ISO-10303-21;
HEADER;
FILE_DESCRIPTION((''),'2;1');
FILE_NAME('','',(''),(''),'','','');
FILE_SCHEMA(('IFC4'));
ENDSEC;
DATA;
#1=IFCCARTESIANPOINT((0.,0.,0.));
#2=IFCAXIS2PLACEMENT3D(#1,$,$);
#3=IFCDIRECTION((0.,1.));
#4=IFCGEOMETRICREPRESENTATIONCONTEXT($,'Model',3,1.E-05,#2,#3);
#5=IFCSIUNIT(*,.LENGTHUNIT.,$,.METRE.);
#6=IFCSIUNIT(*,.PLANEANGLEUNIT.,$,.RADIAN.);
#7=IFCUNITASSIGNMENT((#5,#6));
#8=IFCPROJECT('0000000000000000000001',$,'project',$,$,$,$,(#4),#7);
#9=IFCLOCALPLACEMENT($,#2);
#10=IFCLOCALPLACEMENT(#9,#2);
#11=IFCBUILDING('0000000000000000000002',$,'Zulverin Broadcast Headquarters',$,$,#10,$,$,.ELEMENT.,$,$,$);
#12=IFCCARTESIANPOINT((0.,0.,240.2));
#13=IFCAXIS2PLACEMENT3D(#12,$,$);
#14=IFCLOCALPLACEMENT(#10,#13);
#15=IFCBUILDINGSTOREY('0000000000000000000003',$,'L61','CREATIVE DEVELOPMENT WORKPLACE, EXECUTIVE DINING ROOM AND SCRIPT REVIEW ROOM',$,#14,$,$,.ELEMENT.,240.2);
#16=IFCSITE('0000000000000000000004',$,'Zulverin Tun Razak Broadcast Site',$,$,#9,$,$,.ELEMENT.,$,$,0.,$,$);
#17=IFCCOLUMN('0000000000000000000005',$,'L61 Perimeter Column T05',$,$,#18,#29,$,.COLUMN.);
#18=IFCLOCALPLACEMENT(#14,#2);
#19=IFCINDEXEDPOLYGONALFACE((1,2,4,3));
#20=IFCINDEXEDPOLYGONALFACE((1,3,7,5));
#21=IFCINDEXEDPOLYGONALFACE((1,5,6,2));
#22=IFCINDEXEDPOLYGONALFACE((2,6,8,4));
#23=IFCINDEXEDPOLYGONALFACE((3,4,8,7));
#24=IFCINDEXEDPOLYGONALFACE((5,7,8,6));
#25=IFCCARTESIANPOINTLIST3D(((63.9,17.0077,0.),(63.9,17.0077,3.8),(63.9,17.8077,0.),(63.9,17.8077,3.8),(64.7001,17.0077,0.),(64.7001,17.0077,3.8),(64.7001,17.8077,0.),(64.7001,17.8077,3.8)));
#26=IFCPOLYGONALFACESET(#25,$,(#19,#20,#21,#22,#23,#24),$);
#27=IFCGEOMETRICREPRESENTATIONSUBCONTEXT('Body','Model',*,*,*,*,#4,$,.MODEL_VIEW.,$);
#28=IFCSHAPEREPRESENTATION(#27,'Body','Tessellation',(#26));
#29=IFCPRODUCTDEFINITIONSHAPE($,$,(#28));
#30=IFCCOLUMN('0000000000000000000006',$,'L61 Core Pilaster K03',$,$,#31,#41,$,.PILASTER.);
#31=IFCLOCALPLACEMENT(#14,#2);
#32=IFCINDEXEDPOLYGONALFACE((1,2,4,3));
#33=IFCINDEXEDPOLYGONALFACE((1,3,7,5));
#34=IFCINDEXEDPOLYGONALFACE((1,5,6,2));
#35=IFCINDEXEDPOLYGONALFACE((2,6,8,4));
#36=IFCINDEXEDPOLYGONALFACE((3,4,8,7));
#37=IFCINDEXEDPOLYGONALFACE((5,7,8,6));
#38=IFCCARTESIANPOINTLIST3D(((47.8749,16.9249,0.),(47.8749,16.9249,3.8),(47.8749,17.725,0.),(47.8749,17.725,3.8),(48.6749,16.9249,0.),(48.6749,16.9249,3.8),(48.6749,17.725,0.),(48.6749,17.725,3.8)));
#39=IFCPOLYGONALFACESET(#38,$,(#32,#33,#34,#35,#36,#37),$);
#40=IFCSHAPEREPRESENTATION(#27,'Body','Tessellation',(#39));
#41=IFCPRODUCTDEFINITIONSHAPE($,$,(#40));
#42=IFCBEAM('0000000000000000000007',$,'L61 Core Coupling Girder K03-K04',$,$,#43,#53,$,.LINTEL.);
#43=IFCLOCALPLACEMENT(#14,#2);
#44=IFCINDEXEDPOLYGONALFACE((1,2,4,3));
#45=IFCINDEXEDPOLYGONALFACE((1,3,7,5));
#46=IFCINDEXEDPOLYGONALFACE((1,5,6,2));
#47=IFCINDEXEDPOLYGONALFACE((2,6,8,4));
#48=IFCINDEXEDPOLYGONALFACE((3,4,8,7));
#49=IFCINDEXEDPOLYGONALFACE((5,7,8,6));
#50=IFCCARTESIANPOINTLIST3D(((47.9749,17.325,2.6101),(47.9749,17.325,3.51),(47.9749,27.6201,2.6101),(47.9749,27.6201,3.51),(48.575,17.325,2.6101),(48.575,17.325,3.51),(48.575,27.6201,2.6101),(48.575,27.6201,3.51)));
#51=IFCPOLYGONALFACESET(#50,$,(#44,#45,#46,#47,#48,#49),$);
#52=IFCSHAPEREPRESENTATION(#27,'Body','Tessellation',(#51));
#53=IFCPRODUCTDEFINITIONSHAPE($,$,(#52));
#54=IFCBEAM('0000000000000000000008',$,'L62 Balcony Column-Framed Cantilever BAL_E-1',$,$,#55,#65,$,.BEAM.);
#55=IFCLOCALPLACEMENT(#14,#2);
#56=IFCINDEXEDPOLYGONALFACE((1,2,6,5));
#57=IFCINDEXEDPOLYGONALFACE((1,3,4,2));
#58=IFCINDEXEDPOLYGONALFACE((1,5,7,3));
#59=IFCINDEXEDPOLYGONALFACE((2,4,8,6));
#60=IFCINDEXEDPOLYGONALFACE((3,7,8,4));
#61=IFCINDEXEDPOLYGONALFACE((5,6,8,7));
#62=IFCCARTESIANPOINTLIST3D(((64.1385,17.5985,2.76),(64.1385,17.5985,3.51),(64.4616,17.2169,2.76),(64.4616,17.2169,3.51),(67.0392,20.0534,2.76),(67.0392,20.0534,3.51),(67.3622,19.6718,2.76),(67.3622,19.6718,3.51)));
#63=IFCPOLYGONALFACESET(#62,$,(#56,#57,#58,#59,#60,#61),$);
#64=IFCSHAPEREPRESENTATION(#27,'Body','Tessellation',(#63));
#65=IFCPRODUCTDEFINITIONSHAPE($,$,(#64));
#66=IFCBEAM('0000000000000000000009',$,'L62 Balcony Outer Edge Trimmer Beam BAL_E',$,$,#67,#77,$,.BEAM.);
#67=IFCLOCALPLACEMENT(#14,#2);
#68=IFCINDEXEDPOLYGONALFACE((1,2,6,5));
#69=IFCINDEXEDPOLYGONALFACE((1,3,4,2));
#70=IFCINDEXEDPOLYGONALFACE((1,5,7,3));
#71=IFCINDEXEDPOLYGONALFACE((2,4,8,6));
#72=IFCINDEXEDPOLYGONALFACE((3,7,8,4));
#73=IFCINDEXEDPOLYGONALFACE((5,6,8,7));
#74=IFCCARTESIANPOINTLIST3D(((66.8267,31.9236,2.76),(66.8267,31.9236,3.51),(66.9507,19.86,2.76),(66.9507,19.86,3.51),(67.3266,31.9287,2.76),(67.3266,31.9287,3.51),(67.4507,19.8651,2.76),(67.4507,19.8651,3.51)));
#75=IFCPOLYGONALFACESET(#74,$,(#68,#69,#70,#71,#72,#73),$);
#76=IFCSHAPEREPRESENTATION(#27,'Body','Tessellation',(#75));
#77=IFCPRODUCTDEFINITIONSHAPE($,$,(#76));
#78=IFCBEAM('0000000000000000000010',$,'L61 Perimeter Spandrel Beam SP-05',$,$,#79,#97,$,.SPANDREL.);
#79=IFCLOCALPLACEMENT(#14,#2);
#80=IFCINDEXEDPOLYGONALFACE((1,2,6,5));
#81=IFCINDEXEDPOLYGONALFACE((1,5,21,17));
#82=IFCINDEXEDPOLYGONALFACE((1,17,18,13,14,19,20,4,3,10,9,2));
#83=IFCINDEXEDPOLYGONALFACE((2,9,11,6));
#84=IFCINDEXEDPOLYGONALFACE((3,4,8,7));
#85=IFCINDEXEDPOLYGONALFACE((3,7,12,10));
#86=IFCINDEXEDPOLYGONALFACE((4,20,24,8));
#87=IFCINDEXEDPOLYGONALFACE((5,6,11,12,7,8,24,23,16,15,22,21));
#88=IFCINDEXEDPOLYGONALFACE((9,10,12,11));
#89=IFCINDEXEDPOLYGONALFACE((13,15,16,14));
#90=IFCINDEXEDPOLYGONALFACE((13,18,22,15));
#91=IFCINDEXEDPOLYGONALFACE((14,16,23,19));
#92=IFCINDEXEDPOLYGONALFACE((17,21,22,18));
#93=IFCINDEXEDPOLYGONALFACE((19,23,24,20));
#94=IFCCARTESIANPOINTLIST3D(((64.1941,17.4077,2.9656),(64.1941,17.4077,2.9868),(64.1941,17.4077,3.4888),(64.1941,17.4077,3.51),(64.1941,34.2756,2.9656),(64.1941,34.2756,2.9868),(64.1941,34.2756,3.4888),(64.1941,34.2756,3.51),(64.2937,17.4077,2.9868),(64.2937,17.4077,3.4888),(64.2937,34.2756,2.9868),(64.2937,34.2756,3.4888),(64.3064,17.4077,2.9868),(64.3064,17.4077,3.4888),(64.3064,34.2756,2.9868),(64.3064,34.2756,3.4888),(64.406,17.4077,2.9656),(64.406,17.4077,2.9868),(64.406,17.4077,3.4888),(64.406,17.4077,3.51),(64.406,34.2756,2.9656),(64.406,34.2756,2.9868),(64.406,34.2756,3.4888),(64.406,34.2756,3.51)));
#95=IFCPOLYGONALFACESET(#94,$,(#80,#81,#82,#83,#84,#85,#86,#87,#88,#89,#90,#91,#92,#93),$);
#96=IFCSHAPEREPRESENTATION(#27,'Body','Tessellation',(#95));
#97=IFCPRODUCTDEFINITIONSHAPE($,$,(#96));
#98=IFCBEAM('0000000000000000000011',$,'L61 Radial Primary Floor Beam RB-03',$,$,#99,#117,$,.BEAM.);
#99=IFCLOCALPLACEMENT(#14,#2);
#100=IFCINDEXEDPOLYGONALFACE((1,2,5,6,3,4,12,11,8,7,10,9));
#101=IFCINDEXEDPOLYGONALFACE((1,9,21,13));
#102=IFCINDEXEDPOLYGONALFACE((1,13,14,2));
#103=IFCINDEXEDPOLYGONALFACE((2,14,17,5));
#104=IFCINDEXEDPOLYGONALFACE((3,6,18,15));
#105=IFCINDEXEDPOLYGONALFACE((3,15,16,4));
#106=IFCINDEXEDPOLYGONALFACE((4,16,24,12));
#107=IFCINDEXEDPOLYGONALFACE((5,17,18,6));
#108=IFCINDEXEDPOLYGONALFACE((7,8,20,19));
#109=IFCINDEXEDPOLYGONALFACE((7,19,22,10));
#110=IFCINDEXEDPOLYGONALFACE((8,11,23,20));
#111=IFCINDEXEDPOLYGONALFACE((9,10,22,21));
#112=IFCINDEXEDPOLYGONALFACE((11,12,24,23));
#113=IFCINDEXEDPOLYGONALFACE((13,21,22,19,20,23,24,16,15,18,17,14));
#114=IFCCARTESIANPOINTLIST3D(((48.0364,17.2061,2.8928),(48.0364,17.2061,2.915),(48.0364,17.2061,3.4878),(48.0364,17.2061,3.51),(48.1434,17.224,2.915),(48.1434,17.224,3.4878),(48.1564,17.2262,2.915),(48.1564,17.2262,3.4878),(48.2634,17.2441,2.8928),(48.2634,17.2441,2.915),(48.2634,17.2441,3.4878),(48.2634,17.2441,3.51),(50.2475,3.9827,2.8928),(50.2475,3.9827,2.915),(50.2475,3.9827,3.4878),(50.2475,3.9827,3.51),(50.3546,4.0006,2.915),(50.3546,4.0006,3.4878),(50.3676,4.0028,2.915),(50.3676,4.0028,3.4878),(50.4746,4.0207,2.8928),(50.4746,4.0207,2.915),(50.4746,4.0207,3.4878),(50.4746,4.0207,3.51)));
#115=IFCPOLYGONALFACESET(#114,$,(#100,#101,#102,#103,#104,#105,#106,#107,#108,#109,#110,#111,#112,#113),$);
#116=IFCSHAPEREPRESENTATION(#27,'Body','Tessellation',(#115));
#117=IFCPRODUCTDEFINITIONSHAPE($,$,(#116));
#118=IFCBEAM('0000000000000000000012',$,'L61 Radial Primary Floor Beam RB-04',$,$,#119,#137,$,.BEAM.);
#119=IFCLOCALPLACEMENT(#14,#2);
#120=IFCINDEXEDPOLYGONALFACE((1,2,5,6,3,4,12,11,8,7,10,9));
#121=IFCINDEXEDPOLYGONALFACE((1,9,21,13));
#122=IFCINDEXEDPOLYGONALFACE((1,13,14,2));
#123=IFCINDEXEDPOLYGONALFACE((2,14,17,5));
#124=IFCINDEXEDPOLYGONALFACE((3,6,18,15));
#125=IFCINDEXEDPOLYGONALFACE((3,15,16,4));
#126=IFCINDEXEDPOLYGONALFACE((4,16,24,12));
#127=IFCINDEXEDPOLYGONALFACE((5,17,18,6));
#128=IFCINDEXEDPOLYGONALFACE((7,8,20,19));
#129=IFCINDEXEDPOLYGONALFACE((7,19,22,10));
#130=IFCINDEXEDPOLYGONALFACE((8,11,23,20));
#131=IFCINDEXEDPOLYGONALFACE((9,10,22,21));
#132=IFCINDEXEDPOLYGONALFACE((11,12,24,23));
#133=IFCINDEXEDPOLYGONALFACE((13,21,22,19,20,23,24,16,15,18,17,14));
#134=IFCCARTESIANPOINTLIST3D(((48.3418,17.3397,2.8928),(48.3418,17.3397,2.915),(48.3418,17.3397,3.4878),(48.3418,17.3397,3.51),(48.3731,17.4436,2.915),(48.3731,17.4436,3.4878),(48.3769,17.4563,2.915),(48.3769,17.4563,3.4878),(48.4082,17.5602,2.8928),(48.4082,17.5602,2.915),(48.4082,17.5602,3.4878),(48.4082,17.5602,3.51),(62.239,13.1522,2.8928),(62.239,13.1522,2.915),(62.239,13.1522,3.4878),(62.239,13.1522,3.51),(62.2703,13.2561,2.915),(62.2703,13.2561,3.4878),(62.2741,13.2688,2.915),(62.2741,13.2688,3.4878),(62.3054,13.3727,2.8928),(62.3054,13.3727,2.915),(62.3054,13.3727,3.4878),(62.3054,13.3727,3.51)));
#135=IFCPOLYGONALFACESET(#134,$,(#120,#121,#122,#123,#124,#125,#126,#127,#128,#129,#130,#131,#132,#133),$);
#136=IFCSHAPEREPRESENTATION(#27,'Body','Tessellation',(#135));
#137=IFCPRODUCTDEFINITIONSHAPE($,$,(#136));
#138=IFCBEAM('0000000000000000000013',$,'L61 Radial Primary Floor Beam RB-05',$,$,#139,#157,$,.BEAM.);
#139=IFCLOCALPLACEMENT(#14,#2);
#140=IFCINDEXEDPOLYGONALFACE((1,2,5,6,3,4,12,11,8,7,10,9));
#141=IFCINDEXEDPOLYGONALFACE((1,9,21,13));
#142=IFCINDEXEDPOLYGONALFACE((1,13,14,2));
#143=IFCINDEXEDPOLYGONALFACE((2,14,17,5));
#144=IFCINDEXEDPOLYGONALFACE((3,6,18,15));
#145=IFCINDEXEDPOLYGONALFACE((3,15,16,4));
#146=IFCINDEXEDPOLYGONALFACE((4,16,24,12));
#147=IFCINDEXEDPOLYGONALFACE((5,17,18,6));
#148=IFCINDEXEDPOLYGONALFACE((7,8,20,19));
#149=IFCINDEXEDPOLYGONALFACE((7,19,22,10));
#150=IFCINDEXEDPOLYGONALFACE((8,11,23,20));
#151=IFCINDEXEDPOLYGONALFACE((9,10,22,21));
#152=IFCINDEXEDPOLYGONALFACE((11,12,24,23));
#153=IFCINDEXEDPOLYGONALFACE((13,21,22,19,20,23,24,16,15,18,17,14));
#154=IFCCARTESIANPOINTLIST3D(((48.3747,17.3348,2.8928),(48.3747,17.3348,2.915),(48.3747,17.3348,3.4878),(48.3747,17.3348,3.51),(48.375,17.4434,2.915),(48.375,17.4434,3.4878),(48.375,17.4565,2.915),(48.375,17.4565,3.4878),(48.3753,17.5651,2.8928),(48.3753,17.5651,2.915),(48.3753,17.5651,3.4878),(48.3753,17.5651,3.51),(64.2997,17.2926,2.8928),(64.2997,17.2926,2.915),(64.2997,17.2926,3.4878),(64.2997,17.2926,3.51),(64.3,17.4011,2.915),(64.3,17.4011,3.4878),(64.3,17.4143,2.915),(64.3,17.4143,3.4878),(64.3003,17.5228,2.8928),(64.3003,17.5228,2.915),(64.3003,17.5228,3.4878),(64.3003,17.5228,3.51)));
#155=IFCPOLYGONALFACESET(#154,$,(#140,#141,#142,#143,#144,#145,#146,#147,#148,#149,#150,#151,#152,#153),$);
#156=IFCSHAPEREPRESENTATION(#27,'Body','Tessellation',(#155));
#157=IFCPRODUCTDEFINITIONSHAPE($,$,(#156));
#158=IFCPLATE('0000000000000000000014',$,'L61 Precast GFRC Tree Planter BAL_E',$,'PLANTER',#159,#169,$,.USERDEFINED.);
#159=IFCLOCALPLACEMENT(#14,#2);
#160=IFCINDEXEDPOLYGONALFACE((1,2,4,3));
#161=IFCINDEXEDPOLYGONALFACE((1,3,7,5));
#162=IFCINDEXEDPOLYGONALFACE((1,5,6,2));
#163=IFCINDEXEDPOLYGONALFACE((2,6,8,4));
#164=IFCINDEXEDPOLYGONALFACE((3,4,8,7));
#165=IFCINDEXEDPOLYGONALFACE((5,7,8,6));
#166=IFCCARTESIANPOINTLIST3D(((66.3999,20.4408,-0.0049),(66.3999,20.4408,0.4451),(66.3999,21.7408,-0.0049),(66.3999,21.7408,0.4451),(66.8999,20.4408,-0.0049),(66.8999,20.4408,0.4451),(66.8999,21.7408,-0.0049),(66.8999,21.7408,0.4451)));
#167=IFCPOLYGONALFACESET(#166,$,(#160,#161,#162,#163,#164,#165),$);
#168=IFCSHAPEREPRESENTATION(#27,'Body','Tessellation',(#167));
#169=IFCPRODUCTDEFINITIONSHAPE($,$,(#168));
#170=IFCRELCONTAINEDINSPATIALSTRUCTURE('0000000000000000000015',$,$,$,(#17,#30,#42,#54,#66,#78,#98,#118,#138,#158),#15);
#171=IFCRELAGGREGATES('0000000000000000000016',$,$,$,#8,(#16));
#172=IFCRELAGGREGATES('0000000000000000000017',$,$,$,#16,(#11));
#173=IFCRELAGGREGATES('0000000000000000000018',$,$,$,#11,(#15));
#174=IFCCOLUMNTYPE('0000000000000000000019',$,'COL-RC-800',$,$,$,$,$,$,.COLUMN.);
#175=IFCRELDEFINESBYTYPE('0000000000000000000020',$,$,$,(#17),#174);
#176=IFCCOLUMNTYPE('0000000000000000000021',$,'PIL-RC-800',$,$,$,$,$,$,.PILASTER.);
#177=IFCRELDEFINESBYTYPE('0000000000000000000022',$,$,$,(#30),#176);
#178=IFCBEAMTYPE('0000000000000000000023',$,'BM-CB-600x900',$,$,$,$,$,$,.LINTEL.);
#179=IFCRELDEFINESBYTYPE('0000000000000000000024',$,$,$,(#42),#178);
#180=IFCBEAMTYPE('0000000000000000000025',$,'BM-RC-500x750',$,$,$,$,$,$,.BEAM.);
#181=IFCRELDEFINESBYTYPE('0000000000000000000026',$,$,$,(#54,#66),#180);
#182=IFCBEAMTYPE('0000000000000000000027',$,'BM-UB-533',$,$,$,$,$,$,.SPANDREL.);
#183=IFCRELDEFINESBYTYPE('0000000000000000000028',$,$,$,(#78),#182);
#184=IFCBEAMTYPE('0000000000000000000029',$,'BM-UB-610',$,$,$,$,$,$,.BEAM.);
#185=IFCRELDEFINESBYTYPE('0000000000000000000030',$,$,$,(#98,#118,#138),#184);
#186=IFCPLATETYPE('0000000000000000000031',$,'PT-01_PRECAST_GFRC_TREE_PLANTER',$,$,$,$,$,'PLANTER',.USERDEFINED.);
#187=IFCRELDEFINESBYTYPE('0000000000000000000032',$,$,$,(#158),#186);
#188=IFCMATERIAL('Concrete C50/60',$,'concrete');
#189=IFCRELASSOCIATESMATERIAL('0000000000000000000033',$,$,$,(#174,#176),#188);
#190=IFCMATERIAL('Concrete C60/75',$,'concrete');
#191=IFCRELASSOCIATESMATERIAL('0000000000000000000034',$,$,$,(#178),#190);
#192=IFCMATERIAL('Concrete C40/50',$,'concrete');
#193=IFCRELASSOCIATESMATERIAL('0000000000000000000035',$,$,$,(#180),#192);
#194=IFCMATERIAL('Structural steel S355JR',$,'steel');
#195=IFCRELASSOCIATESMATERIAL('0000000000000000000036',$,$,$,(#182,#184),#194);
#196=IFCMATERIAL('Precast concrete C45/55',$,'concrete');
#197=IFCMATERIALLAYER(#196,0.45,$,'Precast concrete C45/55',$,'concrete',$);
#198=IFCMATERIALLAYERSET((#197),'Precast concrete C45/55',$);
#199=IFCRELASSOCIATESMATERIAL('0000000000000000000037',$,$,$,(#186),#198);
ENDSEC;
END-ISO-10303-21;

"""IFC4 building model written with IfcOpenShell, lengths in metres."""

from ifc_helpers import new_model, si_unit, direction, frame, origin, origin_2d, place, context, subcontext, project, spatial, rectangle, i_section, extrude, material, layer, layer_set, material_profile, profile_set, type_object, element, save


model = new_model("IFC4")

# Units and contexts
model_context = context("Model", 3, precision=1e-05, world=origin(), true_north=direction((0.0, 1.0)))
body_context = subcontext(model_context, "Body", "Model", "MODEL_VIEW")
ifc_project = project(units=[si_unit("LENGTHUNIT", "METRE"), si_unit("PLANEANGLEUNIT", "RADIAN")], contexts=[model_context])

# Site, building, storey
site_placement = place(None, origin())
site = spatial("IfcSite", under=ifc_project, at=site_placement, Name="Zulverin Tun Razak Broadcast Site", CompositionType="ELEMENT", RefElevation=0.0)
building_placement = place(site_placement, origin())
building = spatial("IfcBuilding", under=site, at=building_placement, Name="Zulverin Broadcast Headquarters", CompositionType="ELEMENT")
storey_placement = place(building_placement, frame((0.0, 0.0, 240.2)))
storey = spatial("IfcBuildingStorey", under=building, at=storey_placement, Name="L61", Description="CREATIVE DEVELOPMENT WORKPLACE, EXECUTIVE DINING ROOM AND SCRIPT REVIEW ROOM", CompositionType="ELEMENT", Elevation=240.2)

# Columns
ifc_material_1 = material(Name="Concrete C50/60", Category="concrete")
ifc_material_profile_1 = material_profile(ifc_material_1, rectangle(XDim=0.8, YDim=0.8, at=origin_2d()), Name="Concrete C50/60", Category="concrete")
ifc_profile_set_1 = profile_set([ifc_material_profile_1], Name="Concrete C50/60")
column_type_1 = type_object("IfcColumnType", Name="COL-RC-800", PredefinedType="COLUMN", material=ifc_profile_set_1)
column_1_placement = place(storey_placement, frame((64.3, 17.4077, 0.0), z_axis=(0.0, 0.0, 1.0), x_axis=(1.0, 0.0, 0.0)))
element("IfcColumn", 1, at=column_1_placement, inside=storey, type_object=column_type_1, Name="L61 Perimeter Column T05", PredefinedType="COLUMN", context=body_context, shape_type="SweptSolid", body=[
    extrude(rectangle(XDim=0.8, YDim=0.8, at=origin_2d()), origin(), (0.0, 0.0, 1.0), 3.8),
])
ifc_material_profile_2 = material_profile(ifc_material_1, rectangle(XDim=0.8, YDim=0.8, at=origin_2d()), Name="Concrete C50/60", Category="concrete")
ifc_profile_set_2 = profile_set([ifc_material_profile_2], Name="Concrete C50/60")
column_type_2 = type_object("IfcColumnType", Name="PIL-RC-800", PredefinedType="PILASTER", material=ifc_profile_set_2)
column_2_placement = place(storey_placement, frame((48.2749, 17.325, 0.0), z_axis=(0.0, 0.0, 1.0), x_axis=(1.0, 0.0, 0.0)))
element("IfcColumn", 2, at=column_2_placement, inside=storey, type_object=column_type_2, Name="L61 Core Pilaster K03", PredefinedType="PILASTER", context=body_context, shape_type="SweptSolid", body=[
    extrude(rectangle(XDim=0.8, YDim=0.8, at=origin_2d()), origin(), (0.0, 0.0, 1.0), 3.8),
])

# Beams
ifc_material_2 = material(Name="Concrete C60/75", Category="concrete")
ifc_material_profile_3 = material_profile(ifc_material_2, rectangle(XDim=0.6001, YDim=0.8999, at=origin_2d()), Name="Concrete C60/75", Category="concrete")
ifc_profile_set_3 = profile_set([ifc_material_profile_3], Name="Concrete C60/75")
beam_type_1 = type_object("IfcBeamType", Name="BM-CB-600x900", PredefinedType="LINTEL", material=ifc_profile_set_3)
beam_1_placement = place(storey_placement, frame((48.2749, 17.325, 3.0601), z_axis=(0.0, 1.0, 0.0), x_axis=(-1.0, 0.0, 0.0)))
element("IfcBeam", 3, at=beam_1_placement, inside=storey, type_object=beam_type_1, Name="L61 Core Coupling Girder K03-K04", PredefinedType="LINTEL", context=body_context, shape_type="SweptSolid", body=[
    extrude(rectangle(XDim=0.6001, YDim=0.8999, at=origin_2d()), origin(), (0.0, 0.0, 1.0), 10.2952),
])
ifc_material_3 = material(Name="Concrete C40/50", Category="concrete")
ifc_material_profile_4 = material_profile(ifc_material_3, rectangle(XDim=0.5, YDim=0.75, at=origin_2d()), Name="Concrete C40/50", Category="concrete")
ifc_profile_set_4 = profile_set([ifc_material_profile_4], Name="Concrete C40/50")
beam_type_2 = type_object("IfcBeamType", Name="BM-RC-500x750", PredefinedType="BEAM", material=ifc_profile_set_4)
beam_2_placement = place(storey_placement, frame((64.3, 17.4077, 3.135), z_axis=(0.763328, 0.646011, 0.0), x_axis=(-0.646011, 0.763328, 0.0)))
element("IfcBeam", 4, at=beam_2_placement, inside=storey, type_object=beam_type_2, Name="L62 Balcony Column-Framed Cantilever BAL_E-1", PredefinedType="BEAM", context=body_context, shape_type="SweptSolid", body=[
    extrude(rectangle(XDim=0.5, YDim=0.75, at=origin_2d()), origin(), (0.0, 0.0, 1.0), 3.8),
])
beam_3_placement = place(storey_placement, frame((67.2007, 19.8625, 3.135), z_axis=(-0.01028, 0.999947, 0.0), x_axis=(-0.999947, -0.01028, 0.0)))
element("IfcBeam", 5, at=beam_3_placement, inside=storey, type_object=beam_type_2, Name="L62 Balcony Outer Edge Trimmer Beam BAL_E", PredefinedType="BEAM", context=body_context, shape_type="SweptSolid", body=[
    extrude(rectangle(XDim=0.5, YDim=0.75, at=origin_2d()), origin(), (0.0, 0.0, 1.0), 12.0642),
])
ifc_material_4 = material(Name="Structural steel S355JR", Category="steel")
ifc_material_profile_5 = material_profile(ifc_material_4, i_section(OverallWidth=0.2119, OverallDepth=0.5444, WebThickness=0.0127, FlangeThickness=0.0212, at=origin_2d()), Name="Structural steel S355JR", Category="steel")
ifc_profile_set_5 = profile_set([ifc_material_profile_5], Name="Structural steel S355JR")
beam_type_3 = type_object("IfcBeamType", Name="BM-UB-533", PredefinedType="SPANDREL", material=ifc_profile_set_5)
beam_4_placement = place(storey_placement, frame((64.3, 17.4077, 3.2378), z_axis=(0.0, 1.0, 0.0), x_axis=(-1.0, 0.0, 0.0)))
element("IfcBeam", 6, at=beam_4_placement, inside=storey, type_object=beam_type_3, Name="L61 Perimeter Spandrel Beam SP-05", PredefinedType="SPANDREL", context=body_context, shape_type="SweptSolid", body=[
    extrude(i_section(OverallWidth=0.2119, OverallDepth=0.5444, WebThickness=0.0127, FlangeThickness=0.0212, at=origin_2d()), origin(), (0.0, 0.0, 1.0), 16.8679),
])
ifc_material_profile_6 = material_profile(ifc_material_4, i_section(OverallWidth=0.2302, OverallDepth=0.6172, WebThickness=0.0132, FlangeThickness=0.0222, at=origin_2d()), Name="Structural steel S355JR", Category="steel")
ifc_profile_set_6 = profile_set([ifc_material_profile_6], Name="Structural steel S355JR")
beam_type_4 = type_object("IfcBeamType", Name="BM-UB-610", PredefinedType="BEAM", material=ifc_profile_set_6)
beam_5_placement = place(storey_placement, frame((48.1499, 17.2251, 3.2014), z_axis=(0.164928, -0.986306, 0.0), x_axis=(0.986306, 0.164928, 0.0)))
element("IfcBeam", 7, at=beam_5_placement, inside=storey, type_object=beam_type_4, Name="L61 Radial Primary Floor Beam RB-03", PredefinedType="BEAM", context=body_context, shape_type="SweptSolid", body=[
    extrude(i_section(OverallWidth=0.2302, OverallDepth=0.6172, WebThickness=0.0132, FlangeThickness=0.0222, at=origin_2d()), origin(), (0.0, 0.0, 1.0), 13.407),
])
beam_6_placement = place(storey_placement, frame((48.375, 17.45, 3.2014), z_axis=(0.957478, -0.288507, 0.0), x_axis=(0.288507, 0.957478, 0.0)))
element("IfcBeam", 8, at=beam_6_placement, inside=storey, type_object=beam_type_4, Name="L61 Radial Primary Floor Beam RB-04", PredefinedType="BEAM", context=body_context, shape_type="SweptSolid", body=[
    extrude(i_section(OverallWidth=0.2302, OverallDepth=0.6172, WebThickness=0.0132, FlangeThickness=0.0222, at=origin_2d()), origin(), (0.0, 0.0, 1.0), 14.5144),
])
beam_7_placement = place(storey_placement, frame((48.375, 17.45, 3.2014), z_axis=(0.999996, -0.002652, 0.0), x_axis=(0.002652, 0.999996, 0.0)))
element("IfcBeam", 9, at=beam_7_placement, inside=storey, type_object=beam_type_4, Name="L61 Radial Primary Floor Beam RB-05", PredefinedType="BEAM", context=body_context, shape_type="SweptSolid", body=[
    extrude(i_section(OverallWidth=0.2302, OverallDepth=0.6172, WebThickness=0.0132, FlangeThickness=0.0222, at=origin_2d()), origin(), (0.0, 0.0, 1.0), 15.925),
])

# Plate
ifc_material_5 = material(Name="Precast concrete C45/55", Category="concrete")
ifc_layer_1 = layer(ifc_material_5, 0.45, Name="Precast concrete C45/55", Category="concrete")
ifc_layer_set_1 = layer_set([ifc_layer_1], Name="Precast concrete C45/55")
plate_type = type_object("IfcPlateType", Name="PT-01_PRECAST_GFRC_TREE_PLANTER", ElementType="PLANTER", PredefinedType="USERDEFINED", material=ifc_layer_set_1)
plate_placement = place(storey_placement, frame((66.6499, 21.0908, -0.0049), z_axis=(0.0, 0.0, 1.0), x_axis=(0.0, 1.0, 0.0)))
element("IfcPlate", 10, at=plate_placement, inside=storey, type_object=plate_type, Name="L61 Precast GFRC Tree Planter BAL_E", ObjectType="PLANTER", PredefinedType="USERDEFINED", context=body_context, shape_type="SweptSolid", body=[
    extrude(rectangle(XDim=1.3, YDim=0.5, at=origin_2d()), origin(), (0.0, 0.0, 1.0), 0.45),
])

save(model, "model.ifc")
